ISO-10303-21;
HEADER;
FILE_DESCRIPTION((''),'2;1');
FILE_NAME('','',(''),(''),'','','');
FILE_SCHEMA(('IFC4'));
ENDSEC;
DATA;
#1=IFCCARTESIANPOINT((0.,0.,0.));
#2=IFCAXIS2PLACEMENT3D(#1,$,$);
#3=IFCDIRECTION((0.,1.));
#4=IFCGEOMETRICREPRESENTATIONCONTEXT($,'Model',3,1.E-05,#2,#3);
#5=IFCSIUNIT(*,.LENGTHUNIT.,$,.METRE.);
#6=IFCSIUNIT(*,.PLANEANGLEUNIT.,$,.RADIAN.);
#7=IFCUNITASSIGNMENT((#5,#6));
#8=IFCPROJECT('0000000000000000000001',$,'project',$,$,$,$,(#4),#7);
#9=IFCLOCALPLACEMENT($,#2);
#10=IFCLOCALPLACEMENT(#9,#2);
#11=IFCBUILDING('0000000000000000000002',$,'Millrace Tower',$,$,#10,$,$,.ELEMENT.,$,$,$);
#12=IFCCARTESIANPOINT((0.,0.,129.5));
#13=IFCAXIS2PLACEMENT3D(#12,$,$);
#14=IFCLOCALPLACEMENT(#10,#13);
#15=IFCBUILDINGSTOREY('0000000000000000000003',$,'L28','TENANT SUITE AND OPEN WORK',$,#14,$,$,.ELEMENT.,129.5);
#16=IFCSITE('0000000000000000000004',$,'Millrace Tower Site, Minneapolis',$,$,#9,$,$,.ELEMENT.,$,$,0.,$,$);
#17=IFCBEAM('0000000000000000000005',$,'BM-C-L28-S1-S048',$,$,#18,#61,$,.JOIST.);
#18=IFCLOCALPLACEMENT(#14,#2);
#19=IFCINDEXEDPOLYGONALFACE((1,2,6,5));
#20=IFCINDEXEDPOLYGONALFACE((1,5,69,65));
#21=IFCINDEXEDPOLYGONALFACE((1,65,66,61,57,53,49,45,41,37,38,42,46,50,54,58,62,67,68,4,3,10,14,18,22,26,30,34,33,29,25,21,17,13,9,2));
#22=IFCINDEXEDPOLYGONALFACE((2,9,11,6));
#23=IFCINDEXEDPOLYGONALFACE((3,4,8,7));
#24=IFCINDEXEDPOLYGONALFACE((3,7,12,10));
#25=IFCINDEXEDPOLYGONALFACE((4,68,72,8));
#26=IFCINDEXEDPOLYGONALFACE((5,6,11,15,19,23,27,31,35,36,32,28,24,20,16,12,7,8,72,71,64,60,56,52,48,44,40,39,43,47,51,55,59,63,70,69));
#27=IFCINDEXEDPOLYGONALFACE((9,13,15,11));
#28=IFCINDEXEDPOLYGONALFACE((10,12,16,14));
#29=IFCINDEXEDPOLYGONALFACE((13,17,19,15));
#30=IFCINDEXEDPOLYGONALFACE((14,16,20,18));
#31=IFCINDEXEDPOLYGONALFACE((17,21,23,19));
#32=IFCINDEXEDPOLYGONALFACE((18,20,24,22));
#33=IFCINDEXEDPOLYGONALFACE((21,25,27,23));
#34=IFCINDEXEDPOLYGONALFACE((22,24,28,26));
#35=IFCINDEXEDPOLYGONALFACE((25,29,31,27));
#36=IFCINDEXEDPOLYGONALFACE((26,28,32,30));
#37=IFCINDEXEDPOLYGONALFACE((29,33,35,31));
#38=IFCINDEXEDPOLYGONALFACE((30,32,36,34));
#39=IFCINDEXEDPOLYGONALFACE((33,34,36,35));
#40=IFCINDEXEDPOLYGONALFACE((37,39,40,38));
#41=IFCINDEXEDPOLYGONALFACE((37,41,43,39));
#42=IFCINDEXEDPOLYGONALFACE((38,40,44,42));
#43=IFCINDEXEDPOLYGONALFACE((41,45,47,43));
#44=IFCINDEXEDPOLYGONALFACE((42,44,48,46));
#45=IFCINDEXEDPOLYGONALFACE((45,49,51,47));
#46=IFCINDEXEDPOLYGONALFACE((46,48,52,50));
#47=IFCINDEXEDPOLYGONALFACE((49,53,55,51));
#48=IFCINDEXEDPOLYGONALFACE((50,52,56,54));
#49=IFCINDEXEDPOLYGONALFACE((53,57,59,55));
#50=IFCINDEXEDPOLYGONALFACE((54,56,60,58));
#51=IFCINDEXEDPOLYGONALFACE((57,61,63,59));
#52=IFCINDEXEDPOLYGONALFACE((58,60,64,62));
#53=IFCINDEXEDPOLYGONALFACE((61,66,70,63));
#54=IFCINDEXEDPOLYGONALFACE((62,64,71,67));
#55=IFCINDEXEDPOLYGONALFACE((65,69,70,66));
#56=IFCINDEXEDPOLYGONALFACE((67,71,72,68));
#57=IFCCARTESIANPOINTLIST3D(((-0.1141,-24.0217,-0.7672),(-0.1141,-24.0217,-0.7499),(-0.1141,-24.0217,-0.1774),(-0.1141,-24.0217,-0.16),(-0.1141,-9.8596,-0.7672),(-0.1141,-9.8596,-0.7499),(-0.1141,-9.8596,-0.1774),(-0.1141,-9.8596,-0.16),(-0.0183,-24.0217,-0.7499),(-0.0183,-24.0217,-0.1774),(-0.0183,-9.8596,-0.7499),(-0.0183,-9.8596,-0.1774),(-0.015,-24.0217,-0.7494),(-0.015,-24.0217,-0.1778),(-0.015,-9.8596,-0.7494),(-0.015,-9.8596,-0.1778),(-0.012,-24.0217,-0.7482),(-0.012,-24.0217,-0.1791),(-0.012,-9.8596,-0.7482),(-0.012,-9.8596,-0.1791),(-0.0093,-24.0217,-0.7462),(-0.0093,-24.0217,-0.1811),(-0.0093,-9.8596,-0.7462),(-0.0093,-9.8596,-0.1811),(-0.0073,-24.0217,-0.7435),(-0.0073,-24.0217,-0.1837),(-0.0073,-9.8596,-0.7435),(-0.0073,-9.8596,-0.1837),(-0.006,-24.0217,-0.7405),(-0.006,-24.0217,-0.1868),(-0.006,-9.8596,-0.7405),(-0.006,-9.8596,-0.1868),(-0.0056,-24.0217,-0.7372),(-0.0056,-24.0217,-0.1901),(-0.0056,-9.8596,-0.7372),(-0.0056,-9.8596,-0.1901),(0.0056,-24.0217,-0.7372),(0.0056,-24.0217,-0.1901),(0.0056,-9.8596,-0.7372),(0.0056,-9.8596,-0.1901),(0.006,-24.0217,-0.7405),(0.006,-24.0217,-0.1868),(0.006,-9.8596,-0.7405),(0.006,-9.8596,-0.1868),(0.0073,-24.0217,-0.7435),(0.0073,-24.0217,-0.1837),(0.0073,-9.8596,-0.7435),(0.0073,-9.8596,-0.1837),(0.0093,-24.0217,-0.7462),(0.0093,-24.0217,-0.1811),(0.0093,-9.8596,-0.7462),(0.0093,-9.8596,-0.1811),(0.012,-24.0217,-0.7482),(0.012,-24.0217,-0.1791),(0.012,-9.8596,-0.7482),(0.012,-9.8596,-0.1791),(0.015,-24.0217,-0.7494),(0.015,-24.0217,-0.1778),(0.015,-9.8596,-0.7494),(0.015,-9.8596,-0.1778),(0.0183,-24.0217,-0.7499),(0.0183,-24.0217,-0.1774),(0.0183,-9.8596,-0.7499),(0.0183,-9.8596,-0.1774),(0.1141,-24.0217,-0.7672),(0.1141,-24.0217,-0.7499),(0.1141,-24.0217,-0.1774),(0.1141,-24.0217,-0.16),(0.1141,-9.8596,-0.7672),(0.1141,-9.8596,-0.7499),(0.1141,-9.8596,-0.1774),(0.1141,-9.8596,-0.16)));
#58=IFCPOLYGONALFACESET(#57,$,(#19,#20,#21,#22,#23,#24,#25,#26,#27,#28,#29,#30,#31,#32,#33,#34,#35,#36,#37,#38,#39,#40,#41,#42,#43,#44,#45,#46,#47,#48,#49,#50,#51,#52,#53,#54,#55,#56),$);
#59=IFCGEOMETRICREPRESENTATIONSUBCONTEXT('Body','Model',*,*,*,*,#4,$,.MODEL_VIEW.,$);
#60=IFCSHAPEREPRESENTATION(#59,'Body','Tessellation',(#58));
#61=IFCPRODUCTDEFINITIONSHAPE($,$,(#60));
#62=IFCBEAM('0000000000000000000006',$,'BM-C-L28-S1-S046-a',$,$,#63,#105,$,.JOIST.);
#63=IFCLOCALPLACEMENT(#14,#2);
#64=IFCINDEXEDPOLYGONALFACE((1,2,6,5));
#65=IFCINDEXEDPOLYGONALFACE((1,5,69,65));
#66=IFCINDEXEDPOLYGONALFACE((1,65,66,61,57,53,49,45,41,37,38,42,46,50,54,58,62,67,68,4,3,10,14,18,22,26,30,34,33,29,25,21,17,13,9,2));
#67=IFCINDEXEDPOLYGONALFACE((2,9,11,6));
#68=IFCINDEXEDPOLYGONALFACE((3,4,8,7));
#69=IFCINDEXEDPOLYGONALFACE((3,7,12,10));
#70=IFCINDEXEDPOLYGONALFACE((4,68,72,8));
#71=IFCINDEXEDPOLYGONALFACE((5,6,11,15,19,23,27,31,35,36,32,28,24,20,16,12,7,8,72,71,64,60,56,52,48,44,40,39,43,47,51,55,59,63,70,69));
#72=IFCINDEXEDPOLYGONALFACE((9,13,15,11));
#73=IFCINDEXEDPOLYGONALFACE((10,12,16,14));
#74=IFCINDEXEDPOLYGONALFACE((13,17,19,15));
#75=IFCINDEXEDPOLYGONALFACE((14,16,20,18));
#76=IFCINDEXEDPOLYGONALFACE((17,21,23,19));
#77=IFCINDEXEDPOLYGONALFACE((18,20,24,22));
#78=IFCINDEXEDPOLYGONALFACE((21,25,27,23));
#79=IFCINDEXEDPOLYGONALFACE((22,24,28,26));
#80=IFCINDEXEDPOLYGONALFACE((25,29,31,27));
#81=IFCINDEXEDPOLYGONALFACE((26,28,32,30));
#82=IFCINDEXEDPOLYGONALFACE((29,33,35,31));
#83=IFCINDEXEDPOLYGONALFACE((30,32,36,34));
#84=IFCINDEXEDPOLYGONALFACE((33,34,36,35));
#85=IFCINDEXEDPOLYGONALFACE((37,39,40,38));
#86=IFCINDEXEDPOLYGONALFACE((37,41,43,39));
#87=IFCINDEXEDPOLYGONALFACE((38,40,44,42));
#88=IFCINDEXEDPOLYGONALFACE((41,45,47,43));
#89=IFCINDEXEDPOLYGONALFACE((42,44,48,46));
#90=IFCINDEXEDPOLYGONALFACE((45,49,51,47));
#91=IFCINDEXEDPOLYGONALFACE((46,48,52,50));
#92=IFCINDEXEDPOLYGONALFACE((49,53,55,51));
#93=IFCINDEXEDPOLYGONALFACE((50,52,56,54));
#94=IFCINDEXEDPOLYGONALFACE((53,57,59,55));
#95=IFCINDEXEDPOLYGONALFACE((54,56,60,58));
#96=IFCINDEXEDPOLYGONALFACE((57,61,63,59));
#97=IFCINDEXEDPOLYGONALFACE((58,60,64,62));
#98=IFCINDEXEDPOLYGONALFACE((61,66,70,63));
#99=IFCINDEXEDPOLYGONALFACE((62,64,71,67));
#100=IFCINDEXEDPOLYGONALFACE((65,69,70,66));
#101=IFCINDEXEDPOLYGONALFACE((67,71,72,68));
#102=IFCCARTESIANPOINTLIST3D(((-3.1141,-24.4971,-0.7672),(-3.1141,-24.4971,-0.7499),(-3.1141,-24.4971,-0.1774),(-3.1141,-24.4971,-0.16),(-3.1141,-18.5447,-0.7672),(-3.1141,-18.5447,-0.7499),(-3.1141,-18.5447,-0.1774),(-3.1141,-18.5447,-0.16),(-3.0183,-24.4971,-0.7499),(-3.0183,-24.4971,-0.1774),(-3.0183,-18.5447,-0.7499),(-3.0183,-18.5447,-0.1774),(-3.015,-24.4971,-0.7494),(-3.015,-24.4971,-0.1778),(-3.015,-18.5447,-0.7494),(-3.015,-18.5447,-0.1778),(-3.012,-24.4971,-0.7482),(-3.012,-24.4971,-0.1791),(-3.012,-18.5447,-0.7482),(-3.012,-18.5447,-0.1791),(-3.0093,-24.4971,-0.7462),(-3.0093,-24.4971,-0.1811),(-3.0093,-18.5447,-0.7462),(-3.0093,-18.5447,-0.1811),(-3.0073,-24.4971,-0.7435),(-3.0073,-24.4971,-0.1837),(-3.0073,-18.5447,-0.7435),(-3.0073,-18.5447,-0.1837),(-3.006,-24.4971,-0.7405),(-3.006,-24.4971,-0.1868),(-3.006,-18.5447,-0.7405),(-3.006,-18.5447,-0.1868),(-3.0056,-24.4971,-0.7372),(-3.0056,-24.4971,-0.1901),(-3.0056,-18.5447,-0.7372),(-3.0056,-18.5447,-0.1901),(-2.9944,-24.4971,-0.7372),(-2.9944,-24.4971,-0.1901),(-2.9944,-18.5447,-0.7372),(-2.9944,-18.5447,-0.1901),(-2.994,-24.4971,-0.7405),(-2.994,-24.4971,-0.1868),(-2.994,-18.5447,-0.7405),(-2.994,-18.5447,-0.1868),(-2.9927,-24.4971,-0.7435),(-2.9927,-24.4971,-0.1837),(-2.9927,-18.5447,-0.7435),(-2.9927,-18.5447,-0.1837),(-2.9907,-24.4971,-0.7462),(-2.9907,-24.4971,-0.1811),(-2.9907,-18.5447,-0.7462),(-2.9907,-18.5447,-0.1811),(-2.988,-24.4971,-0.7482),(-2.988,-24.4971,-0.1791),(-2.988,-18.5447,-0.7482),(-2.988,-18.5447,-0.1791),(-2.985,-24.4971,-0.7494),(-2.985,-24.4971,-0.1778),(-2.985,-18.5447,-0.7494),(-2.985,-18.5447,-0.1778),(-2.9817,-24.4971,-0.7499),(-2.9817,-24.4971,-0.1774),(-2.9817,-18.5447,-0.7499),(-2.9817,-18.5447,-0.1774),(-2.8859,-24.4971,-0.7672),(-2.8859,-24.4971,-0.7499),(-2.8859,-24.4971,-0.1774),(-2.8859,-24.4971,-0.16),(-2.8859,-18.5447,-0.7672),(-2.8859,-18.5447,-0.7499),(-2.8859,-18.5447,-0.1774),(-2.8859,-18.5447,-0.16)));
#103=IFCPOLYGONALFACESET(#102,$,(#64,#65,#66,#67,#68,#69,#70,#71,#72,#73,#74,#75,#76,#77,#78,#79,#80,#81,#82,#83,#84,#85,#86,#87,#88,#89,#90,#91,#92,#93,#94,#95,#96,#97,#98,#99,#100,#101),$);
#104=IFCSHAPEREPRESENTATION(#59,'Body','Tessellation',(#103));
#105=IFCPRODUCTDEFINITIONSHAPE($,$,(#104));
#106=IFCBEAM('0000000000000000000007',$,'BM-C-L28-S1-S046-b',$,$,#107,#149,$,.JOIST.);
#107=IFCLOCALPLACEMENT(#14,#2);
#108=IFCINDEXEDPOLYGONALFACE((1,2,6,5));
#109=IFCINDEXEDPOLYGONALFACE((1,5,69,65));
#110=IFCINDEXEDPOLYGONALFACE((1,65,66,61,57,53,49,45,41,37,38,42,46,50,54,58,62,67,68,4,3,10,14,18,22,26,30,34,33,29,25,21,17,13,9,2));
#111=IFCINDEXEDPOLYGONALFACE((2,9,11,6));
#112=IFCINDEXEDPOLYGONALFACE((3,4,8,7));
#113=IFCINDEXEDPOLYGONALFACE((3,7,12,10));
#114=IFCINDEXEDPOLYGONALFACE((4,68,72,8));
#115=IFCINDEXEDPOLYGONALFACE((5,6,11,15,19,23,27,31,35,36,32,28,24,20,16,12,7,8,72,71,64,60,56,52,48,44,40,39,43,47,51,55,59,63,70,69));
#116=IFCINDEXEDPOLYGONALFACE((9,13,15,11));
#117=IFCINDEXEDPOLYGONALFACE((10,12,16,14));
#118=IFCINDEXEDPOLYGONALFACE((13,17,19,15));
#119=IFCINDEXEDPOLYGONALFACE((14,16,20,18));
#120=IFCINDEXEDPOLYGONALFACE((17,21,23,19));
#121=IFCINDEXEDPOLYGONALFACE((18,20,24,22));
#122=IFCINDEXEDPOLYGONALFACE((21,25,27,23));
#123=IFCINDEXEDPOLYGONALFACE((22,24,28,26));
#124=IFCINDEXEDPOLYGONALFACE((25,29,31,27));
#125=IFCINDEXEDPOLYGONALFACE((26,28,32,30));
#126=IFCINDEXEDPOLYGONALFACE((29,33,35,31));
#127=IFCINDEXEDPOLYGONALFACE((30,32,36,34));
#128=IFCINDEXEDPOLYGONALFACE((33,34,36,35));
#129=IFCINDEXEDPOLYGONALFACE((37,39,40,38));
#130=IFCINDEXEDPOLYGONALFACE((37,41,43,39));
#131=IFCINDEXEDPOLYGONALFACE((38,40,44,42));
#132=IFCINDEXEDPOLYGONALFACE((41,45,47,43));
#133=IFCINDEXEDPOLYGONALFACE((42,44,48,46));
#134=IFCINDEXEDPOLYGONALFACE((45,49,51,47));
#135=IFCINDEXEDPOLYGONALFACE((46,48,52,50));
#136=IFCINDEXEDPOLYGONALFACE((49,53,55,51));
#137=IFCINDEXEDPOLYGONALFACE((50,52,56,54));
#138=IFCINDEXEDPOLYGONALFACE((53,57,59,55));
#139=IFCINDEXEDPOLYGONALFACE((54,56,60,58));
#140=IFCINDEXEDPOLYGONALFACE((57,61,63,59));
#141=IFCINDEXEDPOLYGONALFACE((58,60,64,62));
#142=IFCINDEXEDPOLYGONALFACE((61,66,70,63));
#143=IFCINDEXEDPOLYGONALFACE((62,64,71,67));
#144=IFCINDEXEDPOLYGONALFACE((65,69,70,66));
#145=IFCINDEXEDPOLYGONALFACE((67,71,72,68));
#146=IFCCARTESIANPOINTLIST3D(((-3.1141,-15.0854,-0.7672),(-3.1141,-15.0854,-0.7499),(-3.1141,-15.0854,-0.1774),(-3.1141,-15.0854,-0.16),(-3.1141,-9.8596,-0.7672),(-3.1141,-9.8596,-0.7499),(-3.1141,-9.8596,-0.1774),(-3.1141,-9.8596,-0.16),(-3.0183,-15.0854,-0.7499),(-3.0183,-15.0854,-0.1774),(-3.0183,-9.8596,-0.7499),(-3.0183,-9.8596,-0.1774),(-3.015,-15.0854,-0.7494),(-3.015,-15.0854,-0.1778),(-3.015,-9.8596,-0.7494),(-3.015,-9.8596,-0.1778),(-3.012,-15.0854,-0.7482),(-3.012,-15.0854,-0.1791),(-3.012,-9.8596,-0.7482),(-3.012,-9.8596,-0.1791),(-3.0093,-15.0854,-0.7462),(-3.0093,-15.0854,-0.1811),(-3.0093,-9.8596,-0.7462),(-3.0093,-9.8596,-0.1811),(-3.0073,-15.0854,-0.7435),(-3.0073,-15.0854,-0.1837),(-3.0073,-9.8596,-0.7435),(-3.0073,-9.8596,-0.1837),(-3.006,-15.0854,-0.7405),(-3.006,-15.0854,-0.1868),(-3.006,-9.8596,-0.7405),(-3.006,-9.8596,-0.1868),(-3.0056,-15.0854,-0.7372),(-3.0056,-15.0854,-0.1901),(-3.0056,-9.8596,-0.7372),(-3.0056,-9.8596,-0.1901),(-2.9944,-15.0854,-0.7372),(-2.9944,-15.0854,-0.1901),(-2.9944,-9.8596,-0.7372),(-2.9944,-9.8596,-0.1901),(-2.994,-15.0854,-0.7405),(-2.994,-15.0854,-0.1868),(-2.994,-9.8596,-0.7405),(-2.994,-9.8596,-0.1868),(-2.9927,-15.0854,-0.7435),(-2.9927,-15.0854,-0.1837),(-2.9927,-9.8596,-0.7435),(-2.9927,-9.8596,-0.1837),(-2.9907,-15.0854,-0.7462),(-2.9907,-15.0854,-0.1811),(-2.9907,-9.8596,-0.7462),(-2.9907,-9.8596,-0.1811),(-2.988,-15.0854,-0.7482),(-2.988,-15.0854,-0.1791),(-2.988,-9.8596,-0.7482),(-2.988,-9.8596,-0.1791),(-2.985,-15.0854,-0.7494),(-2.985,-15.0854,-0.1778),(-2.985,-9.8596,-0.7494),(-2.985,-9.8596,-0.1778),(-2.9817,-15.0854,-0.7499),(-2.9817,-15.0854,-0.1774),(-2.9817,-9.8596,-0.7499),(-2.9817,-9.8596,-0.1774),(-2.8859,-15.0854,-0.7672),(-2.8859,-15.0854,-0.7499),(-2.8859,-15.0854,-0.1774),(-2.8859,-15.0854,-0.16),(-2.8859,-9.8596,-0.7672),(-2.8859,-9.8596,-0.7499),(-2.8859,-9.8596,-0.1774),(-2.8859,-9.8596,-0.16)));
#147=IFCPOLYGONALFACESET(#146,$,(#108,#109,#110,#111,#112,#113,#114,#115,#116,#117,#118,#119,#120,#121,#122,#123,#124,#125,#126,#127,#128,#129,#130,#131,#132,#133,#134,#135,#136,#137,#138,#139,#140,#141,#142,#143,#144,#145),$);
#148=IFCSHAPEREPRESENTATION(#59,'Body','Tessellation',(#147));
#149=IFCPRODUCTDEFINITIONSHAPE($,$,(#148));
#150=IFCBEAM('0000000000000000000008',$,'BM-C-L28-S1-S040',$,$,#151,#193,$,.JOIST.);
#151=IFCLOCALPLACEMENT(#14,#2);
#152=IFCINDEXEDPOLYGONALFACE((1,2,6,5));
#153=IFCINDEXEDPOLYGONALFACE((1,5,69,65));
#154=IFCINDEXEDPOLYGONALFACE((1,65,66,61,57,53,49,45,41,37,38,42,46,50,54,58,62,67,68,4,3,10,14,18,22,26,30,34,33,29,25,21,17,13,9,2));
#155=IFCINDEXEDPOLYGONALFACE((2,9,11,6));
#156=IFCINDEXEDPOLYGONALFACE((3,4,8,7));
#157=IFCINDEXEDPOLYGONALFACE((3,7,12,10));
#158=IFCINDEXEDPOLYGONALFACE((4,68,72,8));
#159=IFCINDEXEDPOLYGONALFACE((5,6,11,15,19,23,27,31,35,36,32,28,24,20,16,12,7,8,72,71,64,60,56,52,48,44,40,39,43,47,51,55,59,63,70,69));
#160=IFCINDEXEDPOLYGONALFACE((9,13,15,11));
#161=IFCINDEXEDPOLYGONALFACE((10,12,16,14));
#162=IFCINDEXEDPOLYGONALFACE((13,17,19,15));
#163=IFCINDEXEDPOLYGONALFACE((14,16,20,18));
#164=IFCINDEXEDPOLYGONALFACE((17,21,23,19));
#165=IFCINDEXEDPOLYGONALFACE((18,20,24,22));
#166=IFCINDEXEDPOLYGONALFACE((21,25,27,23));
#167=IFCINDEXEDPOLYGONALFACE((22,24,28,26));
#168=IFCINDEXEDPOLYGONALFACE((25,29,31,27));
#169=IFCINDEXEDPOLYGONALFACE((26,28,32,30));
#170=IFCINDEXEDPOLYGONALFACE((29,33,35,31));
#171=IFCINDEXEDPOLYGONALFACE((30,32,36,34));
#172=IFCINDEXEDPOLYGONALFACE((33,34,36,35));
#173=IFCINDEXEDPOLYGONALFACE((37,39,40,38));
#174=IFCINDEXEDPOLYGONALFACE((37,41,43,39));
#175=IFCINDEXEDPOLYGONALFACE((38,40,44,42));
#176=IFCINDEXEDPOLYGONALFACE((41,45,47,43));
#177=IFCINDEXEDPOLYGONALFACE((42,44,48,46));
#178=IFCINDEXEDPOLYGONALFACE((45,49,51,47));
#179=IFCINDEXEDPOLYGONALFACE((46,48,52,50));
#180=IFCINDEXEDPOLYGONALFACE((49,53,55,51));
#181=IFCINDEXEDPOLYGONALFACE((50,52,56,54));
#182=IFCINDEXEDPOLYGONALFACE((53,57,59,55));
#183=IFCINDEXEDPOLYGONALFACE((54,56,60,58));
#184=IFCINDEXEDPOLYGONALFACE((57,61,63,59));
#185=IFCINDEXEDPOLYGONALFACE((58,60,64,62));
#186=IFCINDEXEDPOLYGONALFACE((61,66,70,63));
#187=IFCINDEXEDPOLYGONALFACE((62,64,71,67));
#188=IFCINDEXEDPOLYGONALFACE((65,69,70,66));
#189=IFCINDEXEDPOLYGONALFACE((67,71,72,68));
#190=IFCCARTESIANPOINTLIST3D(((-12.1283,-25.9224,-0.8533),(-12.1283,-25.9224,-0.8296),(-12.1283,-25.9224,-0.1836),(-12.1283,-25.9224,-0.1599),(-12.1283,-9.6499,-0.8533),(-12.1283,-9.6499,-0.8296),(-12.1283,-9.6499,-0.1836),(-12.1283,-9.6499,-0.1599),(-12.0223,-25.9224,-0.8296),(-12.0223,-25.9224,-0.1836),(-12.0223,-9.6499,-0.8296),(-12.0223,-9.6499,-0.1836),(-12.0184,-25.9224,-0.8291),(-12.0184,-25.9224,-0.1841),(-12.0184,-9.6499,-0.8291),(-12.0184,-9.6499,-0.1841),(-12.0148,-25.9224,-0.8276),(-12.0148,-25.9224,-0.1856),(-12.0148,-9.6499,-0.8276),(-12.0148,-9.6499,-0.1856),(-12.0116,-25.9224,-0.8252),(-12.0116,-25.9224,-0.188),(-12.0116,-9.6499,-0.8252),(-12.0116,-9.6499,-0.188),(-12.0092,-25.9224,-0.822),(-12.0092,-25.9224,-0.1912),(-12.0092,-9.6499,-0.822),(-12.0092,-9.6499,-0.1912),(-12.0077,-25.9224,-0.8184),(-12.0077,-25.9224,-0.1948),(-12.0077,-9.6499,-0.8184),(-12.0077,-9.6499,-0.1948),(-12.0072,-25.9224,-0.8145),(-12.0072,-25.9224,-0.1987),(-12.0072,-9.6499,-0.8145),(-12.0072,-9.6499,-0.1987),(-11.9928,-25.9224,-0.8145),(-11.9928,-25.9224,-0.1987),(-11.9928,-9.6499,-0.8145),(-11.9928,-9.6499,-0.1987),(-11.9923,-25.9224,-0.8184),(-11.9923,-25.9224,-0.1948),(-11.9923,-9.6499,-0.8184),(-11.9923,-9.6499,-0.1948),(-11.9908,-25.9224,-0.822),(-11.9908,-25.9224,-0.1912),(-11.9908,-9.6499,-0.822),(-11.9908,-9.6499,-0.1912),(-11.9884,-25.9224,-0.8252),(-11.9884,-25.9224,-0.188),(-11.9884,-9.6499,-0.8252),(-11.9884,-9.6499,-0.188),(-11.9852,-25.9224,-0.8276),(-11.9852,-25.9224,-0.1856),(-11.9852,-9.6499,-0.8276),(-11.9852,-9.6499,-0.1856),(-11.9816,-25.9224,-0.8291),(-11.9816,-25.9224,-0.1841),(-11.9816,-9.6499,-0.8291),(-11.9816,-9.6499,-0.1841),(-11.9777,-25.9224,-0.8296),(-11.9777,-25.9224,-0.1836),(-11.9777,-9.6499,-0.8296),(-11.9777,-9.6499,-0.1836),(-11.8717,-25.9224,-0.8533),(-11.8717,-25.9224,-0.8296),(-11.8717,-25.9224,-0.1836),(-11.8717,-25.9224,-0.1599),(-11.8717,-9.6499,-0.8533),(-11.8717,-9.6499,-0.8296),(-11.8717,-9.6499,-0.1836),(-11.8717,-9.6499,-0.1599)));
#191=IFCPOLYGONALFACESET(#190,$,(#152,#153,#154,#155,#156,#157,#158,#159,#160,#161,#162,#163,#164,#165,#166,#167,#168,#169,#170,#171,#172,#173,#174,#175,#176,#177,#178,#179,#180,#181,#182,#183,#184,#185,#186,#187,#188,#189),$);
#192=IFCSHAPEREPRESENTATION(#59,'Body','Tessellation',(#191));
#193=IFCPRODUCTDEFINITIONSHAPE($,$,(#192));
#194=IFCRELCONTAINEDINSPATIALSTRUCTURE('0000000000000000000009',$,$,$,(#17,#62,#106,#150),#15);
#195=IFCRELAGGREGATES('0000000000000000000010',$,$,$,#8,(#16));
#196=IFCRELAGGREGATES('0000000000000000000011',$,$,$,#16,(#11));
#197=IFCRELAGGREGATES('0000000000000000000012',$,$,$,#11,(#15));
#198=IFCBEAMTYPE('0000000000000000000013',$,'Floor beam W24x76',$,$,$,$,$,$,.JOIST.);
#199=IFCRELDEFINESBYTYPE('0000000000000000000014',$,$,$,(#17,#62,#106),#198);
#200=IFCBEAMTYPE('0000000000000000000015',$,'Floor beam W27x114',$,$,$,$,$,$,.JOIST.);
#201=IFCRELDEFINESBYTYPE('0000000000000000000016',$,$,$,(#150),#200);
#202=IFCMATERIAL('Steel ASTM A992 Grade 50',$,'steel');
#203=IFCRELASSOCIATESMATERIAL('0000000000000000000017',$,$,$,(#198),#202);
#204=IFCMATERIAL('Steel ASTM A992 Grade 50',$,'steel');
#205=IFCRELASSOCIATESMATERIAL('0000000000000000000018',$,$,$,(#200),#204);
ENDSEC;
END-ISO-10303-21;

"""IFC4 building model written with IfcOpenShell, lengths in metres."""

from ifc_helpers import new_model, si_unit, direction, frame, origin, origin_2d, place, context, subcontext, project, spatial, i_section, extrude, material, material_profile, profile_set, type_object, element, save


model = new_model("IFC4")

# Units and contexts
model_context = context("Model", 3, precision=1e-05, world=origin(), true_north=direction((0.0, 1.0)))
body_context = subcontext(model_context, "Body", "Model", "MODEL_VIEW")
ifc_project = project(units=[si_unit("LENGTHUNIT", "METRE"), si_unit("PLANEANGLEUNIT", "RADIAN")], contexts=[model_context])

# Site, building, storey
site_placement = place(None, origin())
site = spatial("IfcSite", under=ifc_project, at=site_placement, Name="Millrace Tower Site, Minneapolis", CompositionType="ELEMENT", RefElevation=0.0)
building_placement = place(site_placement, origin())
building = spatial("IfcBuilding", under=site, at=building_placement, Name="Millrace Tower", CompositionType="ELEMENT")
storey_placement = place(building_placement, frame((0.0, 0.0, 129.5)))
storey = spatial("IfcBuildingStorey", under=building, at=storey_placement, Name="L28", Description="TENANT SUITE AND OPEN WORK", CompositionType="ELEMENT", Elevation=129.5)

# Beams
ifc_material_1 = material(Name="Steel ASTM A992 Grade 50", Category="steel")
ifc_material_profile_1 = material_profile(ifc_material_1, i_section(OverallWidth=0.2283, OverallDepth=0.6072, WebThickness=0.0112, FlangeThickness=0.0173, FilletRadius=0.0127, at=origin_2d()))
ifc_profile_set_1 = profile_set([ifc_material_profile_1], Name="Steel ASTM A992 Grade 50")
beam_type_1 = type_object("IfcBeamType", Name="Floor beam W24x76", PredefinedType="JOIST", material=ifc_profile_set_1)
beam_1_placement = place(storey_placement, frame((0.0, -24.0217, -0.4636), z_axis=(0.0, 1.0, 0.0), x_axis=(-1.0, 0.0, 0.0)))
element("IfcBeam", 1, at=beam_1_placement, inside=storey, type_object=beam_type_1, Name="BM-C-L28-S1-S048", PredefinedType="JOIST", context=body_context, shape_type="SweptSolid", body=[
    extrude(i_section(OverallWidth=0.2283, OverallDepth=0.6072, WebThickness=0.0112, FlangeThickness=0.0173, FilletRadius=0.0127, at=origin_2d()), origin(), (0.0, 0.0, 1.0), 14.1621),
])
beam_2_placement = place(storey_placement, frame((-3.0, -24.4971, -0.4636), z_axis=(0.0, 1.0, 0.0), x_axis=(-1.0, 0.0, 0.0)))
element("IfcBeam", 2, at=beam_2_placement, inside=storey, type_object=beam_type_1, Name="BM-C-L28-S1-S046-a", PredefinedType="JOIST", context=body_context, shape_type="SweptSolid", body=[
    extrude(i_section(OverallWidth=0.2283, OverallDepth=0.6072, WebThickness=0.0112, FlangeThickness=0.0173, FilletRadius=0.0127, at=origin_2d()), origin(), (0.0, 0.0, 1.0), 5.9524),
])
beam_3_placement = place(storey_placement, frame((-3.0, -15.0854, -0.4636), z_axis=(0.0, 1.0, 0.0), x_axis=(-1.0, 0.0, 0.0)))
element("IfcBeam", 3, at=beam_3_placement, inside=storey, type_object=beam_type_1, Name="BM-C-L28-S1-S046-b", PredefinedType="JOIST", context=body_context, shape_type="SweptSolid", body=[
    extrude(i_section(OverallWidth=0.2283, OverallDepth=0.6072, WebThickness=0.0112, FlangeThickness=0.0173, FilletRadius=0.0127, at=origin_2d()), origin(), (0.0, 0.0, 1.0), 5.2258),
])
ifc_material_2 = material(Name="Steel ASTM A992 Grade 50", Category="steel")
ifc_material_profile_2 = material_profile(ifc_material_2, i_section(OverallWidth=0.2566, OverallDepth=0.6934, WebThickness=0.0144, FlangeThickness=0.0237, FilletRadius=0.0151, at=origin_2d()))
ifc_profile_set_2 = profile_set([ifc_material_profile_2], Name="Steel ASTM A992 Grade 50")
beam_type_2 = type_object("IfcBeamType", Name="Floor beam W27x114", PredefinedType="JOIST", material=ifc_profile_set_2)
beam_4_placement = place(storey_placement, frame((-12.0, -25.9224, -0.5066), z_axis=(0.0, 1.0, 0.0), x_axis=(-1.0, 0.0, 0.0)))
element("IfcBeam", 4, at=beam_4_placement, inside=storey, type_object=beam_type_2, Name="BM-C-L28-S1-S040", PredefinedType="JOIST", context=body_context, shape_type="SweptSolid", body=[
    extrude(i_section(OverallWidth=0.2566, OverallDepth=0.6934, WebThickness=0.0144, FlangeThickness=0.0237, FilletRadius=0.0151, at=origin_2d()), origin(), (0.0, 0.0, 1.0), 16.2725),
])

save(model, "model.ifc")
